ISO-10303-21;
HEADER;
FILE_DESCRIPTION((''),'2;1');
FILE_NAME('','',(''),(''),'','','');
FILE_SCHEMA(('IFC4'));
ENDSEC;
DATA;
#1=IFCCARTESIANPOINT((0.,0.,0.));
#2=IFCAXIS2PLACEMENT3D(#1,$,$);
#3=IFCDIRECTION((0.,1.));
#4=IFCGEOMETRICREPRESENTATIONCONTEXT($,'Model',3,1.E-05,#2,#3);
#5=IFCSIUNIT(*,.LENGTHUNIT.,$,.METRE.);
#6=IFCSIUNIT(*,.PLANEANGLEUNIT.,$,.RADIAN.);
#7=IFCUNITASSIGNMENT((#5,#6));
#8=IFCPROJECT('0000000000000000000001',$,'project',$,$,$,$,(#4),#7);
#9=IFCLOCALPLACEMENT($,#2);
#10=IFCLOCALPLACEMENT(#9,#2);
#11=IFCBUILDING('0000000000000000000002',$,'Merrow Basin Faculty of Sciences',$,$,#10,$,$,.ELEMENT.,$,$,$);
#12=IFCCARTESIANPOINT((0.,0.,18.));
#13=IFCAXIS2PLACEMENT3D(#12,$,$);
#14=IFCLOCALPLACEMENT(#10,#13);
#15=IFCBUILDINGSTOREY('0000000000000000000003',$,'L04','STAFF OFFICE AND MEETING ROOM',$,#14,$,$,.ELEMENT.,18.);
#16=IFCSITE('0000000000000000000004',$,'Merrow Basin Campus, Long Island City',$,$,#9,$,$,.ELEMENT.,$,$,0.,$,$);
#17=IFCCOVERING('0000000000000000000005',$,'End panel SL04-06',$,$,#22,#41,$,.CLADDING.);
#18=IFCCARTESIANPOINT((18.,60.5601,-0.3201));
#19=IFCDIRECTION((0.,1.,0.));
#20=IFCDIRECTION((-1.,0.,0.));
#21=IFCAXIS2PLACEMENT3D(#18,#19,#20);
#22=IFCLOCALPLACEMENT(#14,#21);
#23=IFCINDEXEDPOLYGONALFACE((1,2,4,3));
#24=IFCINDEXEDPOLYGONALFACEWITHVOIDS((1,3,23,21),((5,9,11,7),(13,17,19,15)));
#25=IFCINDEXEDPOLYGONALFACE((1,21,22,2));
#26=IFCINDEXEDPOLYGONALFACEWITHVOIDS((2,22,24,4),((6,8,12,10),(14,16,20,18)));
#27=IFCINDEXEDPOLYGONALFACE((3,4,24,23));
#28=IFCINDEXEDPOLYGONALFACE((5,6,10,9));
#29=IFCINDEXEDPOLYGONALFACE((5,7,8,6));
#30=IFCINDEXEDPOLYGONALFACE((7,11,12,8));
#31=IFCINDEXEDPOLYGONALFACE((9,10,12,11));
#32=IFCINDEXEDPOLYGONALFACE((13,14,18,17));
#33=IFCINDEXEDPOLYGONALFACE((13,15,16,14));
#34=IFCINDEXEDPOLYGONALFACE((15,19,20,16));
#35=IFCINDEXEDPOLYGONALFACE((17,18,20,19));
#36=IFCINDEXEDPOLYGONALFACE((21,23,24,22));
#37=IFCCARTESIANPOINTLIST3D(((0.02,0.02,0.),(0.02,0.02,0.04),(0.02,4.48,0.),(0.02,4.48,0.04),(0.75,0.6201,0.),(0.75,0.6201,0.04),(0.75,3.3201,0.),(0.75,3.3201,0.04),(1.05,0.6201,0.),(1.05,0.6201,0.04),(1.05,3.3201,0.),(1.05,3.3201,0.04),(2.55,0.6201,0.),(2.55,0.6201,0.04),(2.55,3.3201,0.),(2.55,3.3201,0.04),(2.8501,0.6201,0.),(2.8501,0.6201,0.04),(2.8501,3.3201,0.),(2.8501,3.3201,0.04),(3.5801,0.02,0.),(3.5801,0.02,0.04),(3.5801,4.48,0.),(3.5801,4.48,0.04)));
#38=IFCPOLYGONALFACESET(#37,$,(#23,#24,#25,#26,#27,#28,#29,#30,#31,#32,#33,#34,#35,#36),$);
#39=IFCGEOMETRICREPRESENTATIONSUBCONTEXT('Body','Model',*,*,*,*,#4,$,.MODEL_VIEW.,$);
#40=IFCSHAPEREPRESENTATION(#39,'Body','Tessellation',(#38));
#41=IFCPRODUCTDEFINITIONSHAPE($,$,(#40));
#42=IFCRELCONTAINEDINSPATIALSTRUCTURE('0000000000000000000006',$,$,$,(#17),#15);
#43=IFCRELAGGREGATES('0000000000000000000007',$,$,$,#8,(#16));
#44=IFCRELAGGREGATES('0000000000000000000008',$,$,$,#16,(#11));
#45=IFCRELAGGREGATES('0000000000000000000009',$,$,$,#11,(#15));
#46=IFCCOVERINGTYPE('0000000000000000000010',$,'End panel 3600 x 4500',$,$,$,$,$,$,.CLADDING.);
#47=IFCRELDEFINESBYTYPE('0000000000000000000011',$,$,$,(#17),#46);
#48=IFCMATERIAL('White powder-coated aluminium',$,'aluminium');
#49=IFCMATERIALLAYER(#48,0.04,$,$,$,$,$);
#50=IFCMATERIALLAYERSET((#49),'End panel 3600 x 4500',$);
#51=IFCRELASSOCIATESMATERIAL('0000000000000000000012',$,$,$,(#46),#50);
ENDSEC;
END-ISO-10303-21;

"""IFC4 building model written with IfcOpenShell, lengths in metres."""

from ifc_helpers import new_model, si_unit, direction, frame, origin, place, context, subcontext, project, spatial, polyline, outline, extrude, source, transform, mapped, material, layer, layer_set, type_object, element, save


model = new_model("IFC4")

# Units and contexts
model_context = context("Model", 3, precision=1e-05, world=origin(), true_north=direction((0.0, 1.0)))
body_context = subcontext(model_context, "Body", "Model", "MODEL_VIEW")
ifc_project = project(units=[si_unit("LENGTHUNIT", "METRE"), si_unit("PLANEANGLEUNIT", "RADIAN")], contexts=[model_context])

# Site, building, storey
site_placement = place(None, origin())
site = spatial("IfcSite", under=ifc_project, at=site_placement, Name="Merrow Basin Campus, Long Island City", CompositionType="ELEMENT", RefElevation=0.0)
building_placement = place(site_placement, origin())
building = spatial("IfcBuilding", under=site, at=building_placement, Name="Merrow Basin Faculty of Sciences", CompositionType="ELEMENT")
storey_placement = place(building_placement, frame((0.0, 0.0, 18.0)))
storey = spatial("IfcBuildingStorey", under=building, at=storey_placement, Name="L04", Description="STAFF OFFICE AND MEETING ROOM", CompositionType="ELEMENT", Elevation=18.0)

# Covering
ifc_material_1 = material(Name="White powder-coated aluminium", Category="aluminium")
ifc_layer_1 = layer(ifc_material_1, 0.04)
ifc_layer_set_1 = layer_set([ifc_layer_1], Name="End panel 3600 x 4500")
covering_type = type_object("IfcCoveringType", Name="End panel 3600 x 4500", PredefinedType="CLADDING", material=ifc_layer_set_1)
shared_shape_1 = source(origin(), body_context, "Body", "SweptSolid", [
    extrude(outline(polyline([(0.02, 0.02), (3.5801, 0.02), (3.5801, 4.48), (0.02, 4.48), (0.02, 0.02)]), holes=[polyline([(2.55, 0.6201), (2.8501, 0.6201), (2.8501, 3.3201), (2.55, 3.3201), (2.55, 0.6201)]), polyline([(0.75, 0.6201), (1.05, 0.6201), (1.05, 3.3201), (0.75, 3.3201), (0.75, 0.6201)])]), origin(), (0.0, 0.0, 1.0), 0.04),
])
covering_placement = place(storey_placement, frame((18.0, 60.5601, -0.3201), z_axis=(0.0, 1.0, 0.0), x_axis=(-1.0, 0.0, 0.0)))
element("IfcCovering", 1, at=covering_placement, inside=storey, type_object=covering_type, Name="End panel SL04-06", PredefinedType="CLADDING", context=body_context, shape_type="MappedRepresentation", body=[
    mapped(shared_shape_1, transform((0.0, 0.0, 0.0), scale=1.0)),
])

save(model, "model.ifc")
